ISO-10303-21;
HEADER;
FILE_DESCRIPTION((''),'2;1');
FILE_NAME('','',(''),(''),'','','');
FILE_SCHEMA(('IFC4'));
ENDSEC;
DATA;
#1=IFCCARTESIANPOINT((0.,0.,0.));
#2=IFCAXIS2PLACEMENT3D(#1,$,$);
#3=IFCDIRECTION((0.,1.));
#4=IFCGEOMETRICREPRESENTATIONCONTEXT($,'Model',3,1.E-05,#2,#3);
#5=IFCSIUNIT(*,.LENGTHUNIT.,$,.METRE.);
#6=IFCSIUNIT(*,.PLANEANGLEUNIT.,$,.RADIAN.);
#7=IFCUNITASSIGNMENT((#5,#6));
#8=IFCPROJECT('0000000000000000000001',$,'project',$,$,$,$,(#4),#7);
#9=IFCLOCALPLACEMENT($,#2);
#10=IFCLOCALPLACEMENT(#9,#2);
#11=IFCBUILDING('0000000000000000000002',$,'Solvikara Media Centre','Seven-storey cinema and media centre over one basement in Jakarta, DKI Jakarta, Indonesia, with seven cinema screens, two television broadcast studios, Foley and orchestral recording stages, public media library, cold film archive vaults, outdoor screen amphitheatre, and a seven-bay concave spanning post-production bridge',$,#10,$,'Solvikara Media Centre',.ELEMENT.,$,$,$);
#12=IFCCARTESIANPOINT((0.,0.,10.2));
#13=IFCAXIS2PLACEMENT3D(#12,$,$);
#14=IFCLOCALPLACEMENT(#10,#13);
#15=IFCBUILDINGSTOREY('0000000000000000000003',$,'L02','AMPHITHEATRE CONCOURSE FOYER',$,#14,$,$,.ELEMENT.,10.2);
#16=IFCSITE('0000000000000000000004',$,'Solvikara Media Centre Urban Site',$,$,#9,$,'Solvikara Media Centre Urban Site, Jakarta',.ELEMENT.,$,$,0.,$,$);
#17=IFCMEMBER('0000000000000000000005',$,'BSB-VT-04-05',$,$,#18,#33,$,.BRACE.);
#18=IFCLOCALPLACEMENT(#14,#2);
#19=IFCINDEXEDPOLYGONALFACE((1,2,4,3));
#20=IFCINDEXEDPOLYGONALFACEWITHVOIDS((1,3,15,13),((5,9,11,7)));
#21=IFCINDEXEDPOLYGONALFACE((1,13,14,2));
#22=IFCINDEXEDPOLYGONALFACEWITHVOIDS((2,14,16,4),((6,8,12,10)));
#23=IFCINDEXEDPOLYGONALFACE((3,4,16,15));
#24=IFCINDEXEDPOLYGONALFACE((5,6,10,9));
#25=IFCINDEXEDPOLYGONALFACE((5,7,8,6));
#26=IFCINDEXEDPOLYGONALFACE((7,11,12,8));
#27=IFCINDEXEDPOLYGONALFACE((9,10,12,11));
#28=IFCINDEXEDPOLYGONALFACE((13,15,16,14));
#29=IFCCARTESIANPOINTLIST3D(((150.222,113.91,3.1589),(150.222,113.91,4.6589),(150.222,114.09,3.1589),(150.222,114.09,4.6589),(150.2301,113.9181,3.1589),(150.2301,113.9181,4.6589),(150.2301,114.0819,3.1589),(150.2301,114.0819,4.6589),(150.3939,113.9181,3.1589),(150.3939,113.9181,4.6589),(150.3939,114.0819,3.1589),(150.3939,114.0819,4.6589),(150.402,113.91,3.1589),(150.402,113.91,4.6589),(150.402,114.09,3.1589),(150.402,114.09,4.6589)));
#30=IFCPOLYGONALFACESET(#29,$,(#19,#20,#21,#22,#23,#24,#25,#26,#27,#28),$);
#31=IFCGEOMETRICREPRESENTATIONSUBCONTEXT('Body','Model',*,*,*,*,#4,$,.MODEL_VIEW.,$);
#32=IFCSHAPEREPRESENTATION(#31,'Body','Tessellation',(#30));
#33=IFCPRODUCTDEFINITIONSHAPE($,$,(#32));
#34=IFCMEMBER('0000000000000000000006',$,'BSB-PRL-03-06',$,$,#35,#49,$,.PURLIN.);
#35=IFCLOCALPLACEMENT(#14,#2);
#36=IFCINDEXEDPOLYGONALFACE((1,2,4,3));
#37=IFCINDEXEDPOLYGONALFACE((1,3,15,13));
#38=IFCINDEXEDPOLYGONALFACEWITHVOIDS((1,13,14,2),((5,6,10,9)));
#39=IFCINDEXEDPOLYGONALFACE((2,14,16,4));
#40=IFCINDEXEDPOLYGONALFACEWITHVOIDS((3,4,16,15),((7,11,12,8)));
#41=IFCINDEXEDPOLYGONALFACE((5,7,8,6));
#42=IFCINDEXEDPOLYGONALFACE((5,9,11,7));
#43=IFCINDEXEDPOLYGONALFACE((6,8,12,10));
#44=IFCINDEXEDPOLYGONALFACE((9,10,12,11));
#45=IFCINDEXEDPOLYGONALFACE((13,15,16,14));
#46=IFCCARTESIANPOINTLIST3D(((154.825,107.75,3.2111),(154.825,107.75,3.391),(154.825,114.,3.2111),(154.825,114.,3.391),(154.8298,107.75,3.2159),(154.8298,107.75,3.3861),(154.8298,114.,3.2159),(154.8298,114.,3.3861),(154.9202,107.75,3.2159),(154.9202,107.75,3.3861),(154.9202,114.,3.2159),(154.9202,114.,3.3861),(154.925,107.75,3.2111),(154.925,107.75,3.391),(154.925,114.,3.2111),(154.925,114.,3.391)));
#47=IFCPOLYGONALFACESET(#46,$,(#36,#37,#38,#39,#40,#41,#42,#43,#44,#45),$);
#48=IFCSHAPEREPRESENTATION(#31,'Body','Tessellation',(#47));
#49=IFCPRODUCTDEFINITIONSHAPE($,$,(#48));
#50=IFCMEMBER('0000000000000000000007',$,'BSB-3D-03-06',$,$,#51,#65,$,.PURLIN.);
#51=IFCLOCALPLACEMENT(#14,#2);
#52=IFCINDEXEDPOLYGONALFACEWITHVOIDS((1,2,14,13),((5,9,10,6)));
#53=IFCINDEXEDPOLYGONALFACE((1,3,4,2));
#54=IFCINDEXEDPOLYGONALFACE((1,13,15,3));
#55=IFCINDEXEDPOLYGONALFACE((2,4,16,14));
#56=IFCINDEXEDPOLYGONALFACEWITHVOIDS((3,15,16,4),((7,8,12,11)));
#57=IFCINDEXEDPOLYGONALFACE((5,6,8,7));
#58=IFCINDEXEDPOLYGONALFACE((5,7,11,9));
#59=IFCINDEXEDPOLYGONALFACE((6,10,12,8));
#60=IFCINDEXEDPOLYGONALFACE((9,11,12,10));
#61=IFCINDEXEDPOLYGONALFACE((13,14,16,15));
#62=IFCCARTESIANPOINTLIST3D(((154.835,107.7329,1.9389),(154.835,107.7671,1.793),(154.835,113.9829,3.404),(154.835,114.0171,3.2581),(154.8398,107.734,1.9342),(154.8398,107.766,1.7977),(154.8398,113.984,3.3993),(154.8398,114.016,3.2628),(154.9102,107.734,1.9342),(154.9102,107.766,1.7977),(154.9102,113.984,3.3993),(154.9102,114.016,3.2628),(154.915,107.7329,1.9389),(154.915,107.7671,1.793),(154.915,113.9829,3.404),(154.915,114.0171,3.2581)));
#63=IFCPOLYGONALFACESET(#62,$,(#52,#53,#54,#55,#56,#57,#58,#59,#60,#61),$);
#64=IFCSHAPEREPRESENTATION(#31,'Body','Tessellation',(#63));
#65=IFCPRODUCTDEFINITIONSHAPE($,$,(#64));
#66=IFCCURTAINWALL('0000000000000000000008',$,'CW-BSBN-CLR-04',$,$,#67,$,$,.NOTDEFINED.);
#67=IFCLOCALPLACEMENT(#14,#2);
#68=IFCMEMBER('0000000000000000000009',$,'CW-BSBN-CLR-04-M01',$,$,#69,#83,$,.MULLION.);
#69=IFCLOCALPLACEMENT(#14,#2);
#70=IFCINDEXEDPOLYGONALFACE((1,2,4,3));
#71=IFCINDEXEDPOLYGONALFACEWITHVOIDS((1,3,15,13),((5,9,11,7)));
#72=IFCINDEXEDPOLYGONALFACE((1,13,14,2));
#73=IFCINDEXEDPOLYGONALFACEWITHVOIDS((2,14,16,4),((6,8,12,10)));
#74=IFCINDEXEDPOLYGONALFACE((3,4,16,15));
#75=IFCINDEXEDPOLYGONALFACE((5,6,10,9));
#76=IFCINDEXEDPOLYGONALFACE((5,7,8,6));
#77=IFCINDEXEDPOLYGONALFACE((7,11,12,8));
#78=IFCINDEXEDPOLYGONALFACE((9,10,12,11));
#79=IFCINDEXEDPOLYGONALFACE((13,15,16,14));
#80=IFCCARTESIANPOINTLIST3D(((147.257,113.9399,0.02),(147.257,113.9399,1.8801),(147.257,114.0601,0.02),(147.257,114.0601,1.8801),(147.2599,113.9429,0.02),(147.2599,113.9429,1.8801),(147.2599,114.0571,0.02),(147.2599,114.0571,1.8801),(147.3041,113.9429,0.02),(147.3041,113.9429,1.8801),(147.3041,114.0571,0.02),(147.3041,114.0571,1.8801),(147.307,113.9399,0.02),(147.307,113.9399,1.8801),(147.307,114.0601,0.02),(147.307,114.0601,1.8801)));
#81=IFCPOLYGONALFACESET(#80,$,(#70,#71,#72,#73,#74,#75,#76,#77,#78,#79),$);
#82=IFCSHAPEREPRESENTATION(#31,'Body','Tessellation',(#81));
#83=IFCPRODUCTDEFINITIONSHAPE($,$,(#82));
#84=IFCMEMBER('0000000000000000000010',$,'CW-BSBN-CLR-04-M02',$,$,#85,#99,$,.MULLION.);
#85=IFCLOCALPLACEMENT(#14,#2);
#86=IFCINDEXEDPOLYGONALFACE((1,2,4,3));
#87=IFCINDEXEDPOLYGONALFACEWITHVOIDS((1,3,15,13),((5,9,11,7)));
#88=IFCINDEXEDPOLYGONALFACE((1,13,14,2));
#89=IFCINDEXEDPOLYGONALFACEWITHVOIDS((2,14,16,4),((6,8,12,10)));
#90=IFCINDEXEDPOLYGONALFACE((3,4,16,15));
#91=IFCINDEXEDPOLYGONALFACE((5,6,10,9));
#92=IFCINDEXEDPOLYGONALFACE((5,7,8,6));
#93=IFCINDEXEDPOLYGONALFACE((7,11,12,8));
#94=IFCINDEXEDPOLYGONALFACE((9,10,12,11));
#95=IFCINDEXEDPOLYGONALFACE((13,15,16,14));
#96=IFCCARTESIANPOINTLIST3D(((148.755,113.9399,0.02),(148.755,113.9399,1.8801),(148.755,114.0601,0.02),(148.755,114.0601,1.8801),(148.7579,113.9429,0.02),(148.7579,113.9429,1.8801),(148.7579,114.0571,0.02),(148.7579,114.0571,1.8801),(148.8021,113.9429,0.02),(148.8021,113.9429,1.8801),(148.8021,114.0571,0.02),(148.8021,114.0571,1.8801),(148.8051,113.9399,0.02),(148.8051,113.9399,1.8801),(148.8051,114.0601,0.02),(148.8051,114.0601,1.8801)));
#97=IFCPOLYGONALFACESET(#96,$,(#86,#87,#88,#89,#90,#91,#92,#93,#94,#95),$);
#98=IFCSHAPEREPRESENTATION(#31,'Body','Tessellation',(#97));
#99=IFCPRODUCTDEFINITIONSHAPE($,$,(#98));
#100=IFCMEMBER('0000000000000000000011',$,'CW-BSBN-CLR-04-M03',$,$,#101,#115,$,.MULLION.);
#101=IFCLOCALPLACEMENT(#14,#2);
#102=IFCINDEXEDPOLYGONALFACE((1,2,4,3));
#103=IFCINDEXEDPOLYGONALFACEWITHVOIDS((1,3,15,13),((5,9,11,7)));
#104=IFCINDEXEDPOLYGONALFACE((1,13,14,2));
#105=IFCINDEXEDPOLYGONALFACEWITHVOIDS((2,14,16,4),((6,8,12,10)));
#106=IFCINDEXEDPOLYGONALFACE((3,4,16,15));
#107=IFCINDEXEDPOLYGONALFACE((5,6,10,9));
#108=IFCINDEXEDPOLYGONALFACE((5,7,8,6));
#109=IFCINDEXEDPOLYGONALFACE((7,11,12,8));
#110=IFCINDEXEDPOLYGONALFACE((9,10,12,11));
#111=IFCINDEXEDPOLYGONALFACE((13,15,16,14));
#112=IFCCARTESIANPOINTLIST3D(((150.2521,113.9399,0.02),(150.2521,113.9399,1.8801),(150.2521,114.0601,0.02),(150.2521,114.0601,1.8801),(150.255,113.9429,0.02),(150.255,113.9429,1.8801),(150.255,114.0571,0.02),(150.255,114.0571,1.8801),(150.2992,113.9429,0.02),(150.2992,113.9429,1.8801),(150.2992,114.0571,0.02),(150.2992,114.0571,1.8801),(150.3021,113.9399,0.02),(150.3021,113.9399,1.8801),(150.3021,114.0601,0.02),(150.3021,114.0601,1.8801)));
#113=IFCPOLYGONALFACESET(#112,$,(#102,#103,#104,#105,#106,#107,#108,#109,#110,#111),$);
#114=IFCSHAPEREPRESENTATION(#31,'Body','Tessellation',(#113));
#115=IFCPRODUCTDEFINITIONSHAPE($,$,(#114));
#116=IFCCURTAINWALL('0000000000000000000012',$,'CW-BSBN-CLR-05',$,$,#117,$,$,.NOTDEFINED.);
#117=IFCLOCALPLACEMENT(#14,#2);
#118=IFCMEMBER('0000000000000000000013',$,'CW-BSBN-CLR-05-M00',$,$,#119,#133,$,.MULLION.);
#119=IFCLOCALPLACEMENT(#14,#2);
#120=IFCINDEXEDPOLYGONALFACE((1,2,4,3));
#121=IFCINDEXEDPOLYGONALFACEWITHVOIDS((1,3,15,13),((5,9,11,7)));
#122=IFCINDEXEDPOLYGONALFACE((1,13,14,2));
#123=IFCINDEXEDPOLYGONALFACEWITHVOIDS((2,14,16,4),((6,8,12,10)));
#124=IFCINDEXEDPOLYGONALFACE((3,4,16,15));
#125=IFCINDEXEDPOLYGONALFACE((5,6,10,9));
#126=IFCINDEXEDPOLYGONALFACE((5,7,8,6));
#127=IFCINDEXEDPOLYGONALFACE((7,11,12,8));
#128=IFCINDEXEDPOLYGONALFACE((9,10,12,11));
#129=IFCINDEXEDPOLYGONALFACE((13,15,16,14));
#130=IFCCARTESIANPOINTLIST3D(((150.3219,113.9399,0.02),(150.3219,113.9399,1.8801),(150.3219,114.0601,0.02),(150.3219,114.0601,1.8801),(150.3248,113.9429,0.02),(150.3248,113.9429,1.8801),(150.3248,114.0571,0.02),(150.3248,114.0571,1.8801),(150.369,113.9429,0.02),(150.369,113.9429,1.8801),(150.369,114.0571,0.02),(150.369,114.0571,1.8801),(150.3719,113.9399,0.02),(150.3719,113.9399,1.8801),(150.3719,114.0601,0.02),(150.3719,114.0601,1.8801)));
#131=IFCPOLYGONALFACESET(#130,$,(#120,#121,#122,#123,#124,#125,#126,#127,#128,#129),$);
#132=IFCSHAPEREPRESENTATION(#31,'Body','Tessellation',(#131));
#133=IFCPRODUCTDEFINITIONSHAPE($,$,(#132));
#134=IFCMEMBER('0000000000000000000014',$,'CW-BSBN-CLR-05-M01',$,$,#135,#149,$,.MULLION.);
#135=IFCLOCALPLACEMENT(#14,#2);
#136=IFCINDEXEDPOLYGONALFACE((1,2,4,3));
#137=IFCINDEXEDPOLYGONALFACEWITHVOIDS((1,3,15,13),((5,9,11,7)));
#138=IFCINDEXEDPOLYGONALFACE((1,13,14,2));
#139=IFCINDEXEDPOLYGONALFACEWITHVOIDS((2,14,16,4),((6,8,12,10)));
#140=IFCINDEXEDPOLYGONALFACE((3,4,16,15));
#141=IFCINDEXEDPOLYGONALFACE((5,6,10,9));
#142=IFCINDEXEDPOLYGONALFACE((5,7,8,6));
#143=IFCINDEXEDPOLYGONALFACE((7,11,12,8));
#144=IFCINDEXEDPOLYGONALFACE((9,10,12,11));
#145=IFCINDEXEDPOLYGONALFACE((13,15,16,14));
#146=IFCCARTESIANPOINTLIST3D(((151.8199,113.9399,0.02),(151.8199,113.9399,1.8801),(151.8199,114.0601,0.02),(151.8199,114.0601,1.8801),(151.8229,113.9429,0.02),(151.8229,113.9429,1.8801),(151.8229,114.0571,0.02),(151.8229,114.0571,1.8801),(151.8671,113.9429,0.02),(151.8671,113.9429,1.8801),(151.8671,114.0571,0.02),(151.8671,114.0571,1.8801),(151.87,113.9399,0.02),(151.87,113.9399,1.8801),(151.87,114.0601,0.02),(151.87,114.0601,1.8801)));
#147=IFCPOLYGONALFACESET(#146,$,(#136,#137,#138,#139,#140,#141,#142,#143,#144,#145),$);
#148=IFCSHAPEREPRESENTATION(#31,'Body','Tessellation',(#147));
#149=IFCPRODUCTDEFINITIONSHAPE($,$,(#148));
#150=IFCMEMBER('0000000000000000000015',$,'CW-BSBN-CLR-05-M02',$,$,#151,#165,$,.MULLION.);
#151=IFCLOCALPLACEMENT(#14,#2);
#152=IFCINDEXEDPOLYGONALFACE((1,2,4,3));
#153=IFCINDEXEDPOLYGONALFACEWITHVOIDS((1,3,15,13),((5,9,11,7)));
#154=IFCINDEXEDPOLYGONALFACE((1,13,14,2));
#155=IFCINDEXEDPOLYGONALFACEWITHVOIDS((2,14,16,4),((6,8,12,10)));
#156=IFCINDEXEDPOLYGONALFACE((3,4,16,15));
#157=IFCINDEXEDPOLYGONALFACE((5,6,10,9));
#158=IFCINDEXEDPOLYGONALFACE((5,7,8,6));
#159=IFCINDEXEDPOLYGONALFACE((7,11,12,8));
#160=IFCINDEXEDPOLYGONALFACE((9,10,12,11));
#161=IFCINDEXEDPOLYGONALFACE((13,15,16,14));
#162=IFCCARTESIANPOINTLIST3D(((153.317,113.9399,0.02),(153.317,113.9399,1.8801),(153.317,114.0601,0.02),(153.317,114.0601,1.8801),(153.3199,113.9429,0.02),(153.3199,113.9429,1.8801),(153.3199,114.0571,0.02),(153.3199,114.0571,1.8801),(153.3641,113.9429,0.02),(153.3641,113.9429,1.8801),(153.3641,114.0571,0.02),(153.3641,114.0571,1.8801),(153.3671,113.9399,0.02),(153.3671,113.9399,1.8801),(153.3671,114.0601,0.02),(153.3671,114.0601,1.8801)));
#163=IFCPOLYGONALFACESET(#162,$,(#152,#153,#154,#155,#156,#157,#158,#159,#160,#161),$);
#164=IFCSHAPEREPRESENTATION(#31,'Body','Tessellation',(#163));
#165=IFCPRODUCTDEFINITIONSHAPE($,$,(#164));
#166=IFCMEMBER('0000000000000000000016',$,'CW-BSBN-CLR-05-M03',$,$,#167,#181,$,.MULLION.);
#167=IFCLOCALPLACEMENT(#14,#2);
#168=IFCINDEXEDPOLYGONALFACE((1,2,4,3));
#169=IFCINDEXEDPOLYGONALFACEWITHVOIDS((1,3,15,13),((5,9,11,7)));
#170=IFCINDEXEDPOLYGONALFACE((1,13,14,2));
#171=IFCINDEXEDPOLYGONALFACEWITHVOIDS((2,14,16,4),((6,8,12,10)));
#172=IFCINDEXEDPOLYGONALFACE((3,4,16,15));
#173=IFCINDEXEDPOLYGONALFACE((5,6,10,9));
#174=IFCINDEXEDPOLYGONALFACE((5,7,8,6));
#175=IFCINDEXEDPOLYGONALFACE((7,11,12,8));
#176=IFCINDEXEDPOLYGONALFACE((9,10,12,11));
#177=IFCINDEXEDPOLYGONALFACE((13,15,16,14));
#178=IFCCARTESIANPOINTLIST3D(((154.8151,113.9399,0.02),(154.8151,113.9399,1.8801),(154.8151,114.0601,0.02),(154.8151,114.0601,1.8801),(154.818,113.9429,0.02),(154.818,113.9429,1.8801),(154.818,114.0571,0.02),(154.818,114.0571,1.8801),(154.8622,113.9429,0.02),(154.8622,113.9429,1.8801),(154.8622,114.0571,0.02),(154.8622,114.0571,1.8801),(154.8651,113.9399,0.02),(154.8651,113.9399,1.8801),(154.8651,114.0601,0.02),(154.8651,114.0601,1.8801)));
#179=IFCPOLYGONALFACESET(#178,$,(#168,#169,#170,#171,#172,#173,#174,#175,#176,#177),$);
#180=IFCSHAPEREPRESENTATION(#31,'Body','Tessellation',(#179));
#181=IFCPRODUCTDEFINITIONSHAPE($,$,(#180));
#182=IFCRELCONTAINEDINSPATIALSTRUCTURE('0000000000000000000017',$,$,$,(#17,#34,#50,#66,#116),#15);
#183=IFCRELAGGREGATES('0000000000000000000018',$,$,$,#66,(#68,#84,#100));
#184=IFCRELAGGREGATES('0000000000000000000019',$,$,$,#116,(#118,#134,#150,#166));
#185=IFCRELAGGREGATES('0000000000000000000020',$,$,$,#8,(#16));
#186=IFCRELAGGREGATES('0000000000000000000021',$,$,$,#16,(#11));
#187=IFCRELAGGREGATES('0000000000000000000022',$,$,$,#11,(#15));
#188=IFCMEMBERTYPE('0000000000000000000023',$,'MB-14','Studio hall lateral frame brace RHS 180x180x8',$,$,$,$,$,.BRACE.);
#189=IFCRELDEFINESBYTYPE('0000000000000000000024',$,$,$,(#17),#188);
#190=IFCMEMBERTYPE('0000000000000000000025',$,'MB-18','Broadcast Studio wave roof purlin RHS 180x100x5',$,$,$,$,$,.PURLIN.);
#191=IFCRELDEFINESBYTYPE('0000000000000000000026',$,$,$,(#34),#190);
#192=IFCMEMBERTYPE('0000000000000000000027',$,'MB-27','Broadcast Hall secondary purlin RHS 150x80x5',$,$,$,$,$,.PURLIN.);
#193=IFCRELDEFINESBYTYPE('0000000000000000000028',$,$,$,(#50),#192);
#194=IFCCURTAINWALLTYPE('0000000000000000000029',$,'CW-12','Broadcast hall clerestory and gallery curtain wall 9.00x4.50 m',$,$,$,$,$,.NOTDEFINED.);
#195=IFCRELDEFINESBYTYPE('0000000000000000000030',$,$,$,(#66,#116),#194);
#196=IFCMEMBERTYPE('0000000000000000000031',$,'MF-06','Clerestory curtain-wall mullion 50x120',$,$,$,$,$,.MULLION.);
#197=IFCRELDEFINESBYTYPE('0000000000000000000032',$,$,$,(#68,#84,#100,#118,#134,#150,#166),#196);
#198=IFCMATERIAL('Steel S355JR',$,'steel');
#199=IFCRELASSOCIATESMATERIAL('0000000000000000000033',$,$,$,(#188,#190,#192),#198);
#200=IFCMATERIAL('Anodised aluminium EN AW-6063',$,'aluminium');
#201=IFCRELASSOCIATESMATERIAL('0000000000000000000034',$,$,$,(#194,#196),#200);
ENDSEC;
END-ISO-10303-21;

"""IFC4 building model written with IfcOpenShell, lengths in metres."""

from ifc_helpers import new_model, si_unit, direction, frame, origin, origin_2d, place, context, subcontext, project, spatial, hollow_rectangle, extrude, material, material_profile, profile_set, type_object, element, aggregate, save


model = new_model("IFC4")

# Units and contexts
model_context = context("Model", 3, precision=1e-05, world=origin(), true_north=direction((0.0, 1.0)))
body_context = subcontext(model_context, "Body", "Model", "MODEL_VIEW")
ifc_project = project(units=[si_unit("LENGTHUNIT", "METRE"), si_unit("PLANEANGLEUNIT", "RADIAN")], contexts=[model_context])

# Site, building, storey
site_placement = place(None, origin())
site = spatial("IfcSite", under=ifc_project, at=site_placement, Name="Solvikara Media Centre Urban Site", LongName="Solvikara Media Centre Urban Site, Jakarta", CompositionType="ELEMENT", RefElevation=0.0)
building_placement = place(site_placement, origin())
building = spatial("IfcBuilding", under=site, at=building_placement, Name="Solvikara Media Centre", Description="Seven-storey cinema and media centre over one basement in Jakarta, DKI Jakarta, Indonesia, with seven cinema screens, two television broadcast studios, Foley and orchestral recording stages, public media library, cold film archive vaults, outdoor screen amphitheatre, and a seven-bay concave spanning post-production bridge", LongName="Solvikara Media Centre", CompositionType="ELEMENT")
storey_placement = place(building_placement, frame((0.0, 0.0, 10.2)))
storey = spatial("IfcBuildingStorey", under=building, at=storey_placement, Name="L02", Description="AMPHITHEATRE CONCOURSE FOYER", CompositionType="ELEMENT", Elevation=10.2)

# Shared definitions
ifc_material_1 = material(Name="Steel S355JR", Category="steel")

# Members
ifc_material_profile_1 = material_profile(ifc_material_1, hollow_rectangle(XDim=0.1799, YDim=0.1799, WallThickness=0.0081, at=origin_2d()), Name="RHS 180x180x8")
ifc_profile_set_1 = profile_set([ifc_material_profile_1], Name="Steel S355JR")
member_type_1 = type_object("IfcMemberType", Name="MB-14", Description="Studio hall lateral frame brace RHS 180x180x8", PredefinedType="BRACE", material=ifc_profile_set_1)
member_1_placement = place(storey_placement, frame((150.312, 114.0, 3.1589), z_axis=(0.0, 0.0, 1.0), x_axis=(1.0, 0.0, 0.0)))
element("IfcMember", 1, at=member_1_placement, inside=storey, type_object=member_type_1, Name="BSB-VT-04-05", PredefinedType="BRACE", context=body_context, shape_type="SweptSolid", body=[
    extrude(hollow_rectangle(XDim=0.1799, YDim=0.1799, WallThickness=0.0081, at=origin_2d()), origin(), (0.0, 0.0, 1.0), 1.5),
])
ifc_material_profile_2 = material_profile(ifc_material_1, hollow_rectangle(XDim=0.1001, YDim=0.1799, WallThickness=0.0049, at=origin_2d()), Name="RHS 180x100x5")
ifc_profile_set_2 = profile_set([ifc_material_profile_2], Name="Steel S355JR")
member_type_2 = type_object("IfcMemberType", Name="MB-18", Description="Broadcast Studio wave roof purlin RHS 180x100x5", PredefinedType="PURLIN", material=ifc_profile_set_2)
member_2_placement = place(storey_placement, frame((154.875, 107.75, 3.301), z_axis=(0.0, 1.0, 0.0), x_axis=(-1.0, 0.0, 0.0)))
element("IfcMember", 2, at=member_2_placement, inside=storey, type_object=member_type_2, Name="BSB-PRL-03-06", PredefinedType="PURLIN", context=body_context, shape_type="SweptSolid", body=[
    extrude(hollow_rectangle(XDim=0.1001, YDim=0.1799, WallThickness=0.0049, at=origin_2d()), origin(), (0.0, 0.0, 1.0), 6.25),
])
ifc_material_profile_3 = material_profile(ifc_material_1, hollow_rectangle(XDim=0.0801, YDim=0.1499, WallThickness=0.0049, at=origin_2d()), Name="RHS 150x80x5")
ifc_profile_set_3 = profile_set([ifc_material_profile_3], Name="Steel S355JR")
member_type_3 = type_object("IfcMemberType", Name="MB-27", Description="Broadcast Hall secondary purlin RHS 150x80x5", PredefinedType="PURLIN", material=ifc_profile_set_3)
member_3_placement = place(storey_placement, frame((154.875, 107.75, 1.866), z_axis=(0.0, 0.973608, 0.228227), x_axis=(-1.0, 0.0, 0.0)))
element("IfcMember", 3, at=member_3_placement, inside=storey, type_object=member_type_3, Name="BSB-3D-03-06", PredefinedType="PURLIN", context=body_context, shape_type="SweptSolid", body=[
    extrude(hollow_rectangle(XDim=0.0801, YDim=0.1499, WallThickness=0.0049, at=origin_2d()), origin(), (0.0, 0.0, 1.0), 6.4194),
])

# Curtain walls, members
ifc_material_2 = material(Name="Anodised aluminium EN AW-6063", Category="aluminium")
curtain_wall_type = type_object("IfcCurtainWallType", Name="CW-12", Description="Broadcast hall clerestory and gallery curtain wall 9.00x4.50 m", PredefinedType="NOTDEFINED", material=ifc_material_2)
curtain_wall_1_placement = place(storey_placement, origin())
curtain_wall_1 = element("IfcCurtainWall", 4, at=curtain_wall_1_placement, inside=storey, type_object=curtain_wall_type, Name="CW-BSBN-CLR-04", PredefinedType="NOTDEFINED")
ifc_material_profile_4 = material_profile(ifc_material_2, hollow_rectangle(XDim=0.05, YDim=0.1201, WallThickness=0.0029, at=origin_2d()), Name="ALU-M 50x120x3")
ifc_profile_set_4 = profile_set([ifc_material_profile_4], Name="Anodised aluminium EN AW-6063")
member_type_4 = type_object("IfcMemberType", Name="MF-06", Description="Clerestory curtain-wall mullion 50x120", PredefinedType="MULLION", material=ifc_profile_set_4)
member_4_placement = place(storey_placement, frame((147.282, 114.0, 0.02), z_axis=(0.0, 0.0, 1.0), x_axis=(1.0, 0.0, 0.0)))
member_4 = element("IfcMember", 5, at=member_4_placement, type_object=member_type_4, Name="CW-BSBN-CLR-04-M01", PredefinedType="MULLION", context=body_context, shape_type="SweptSolid", body=[
    extrude(hollow_rectangle(XDim=0.05, YDim=0.1201, WallThickness=0.0029, at=origin_2d()), origin(), (0.0, 0.0, 1.0), 1.8601),
])
member_5_placement = place(storey_placement, frame((148.78, 114.0, 0.02), z_axis=(0.0, 0.0, 1.0), x_axis=(1.0, 0.0, 0.0)))
member_5 = element("IfcMember", 6, at=member_5_placement, type_object=member_type_4, Name="CW-BSBN-CLR-04-M02", PredefinedType="MULLION", context=body_context, shape_type="SweptSolid", body=[
    extrude(hollow_rectangle(XDim=0.05, YDim=0.1201, WallThickness=0.0029, at=origin_2d()), origin(), (0.0, 0.0, 1.0), 1.8601),
])
member_6_placement = place(storey_placement, frame((150.2771, 114.0, 0.02), z_axis=(0.0, 0.0, 1.0), x_axis=(1.0, 0.0, 0.0)))
member_6 = element("IfcMember", 7, at=member_6_placement, type_object=member_type_4, Name="CW-BSBN-CLR-04-M03", PredefinedType="MULLION", context=body_context, shape_type="SweptSolid", body=[
    extrude(hollow_rectangle(XDim=0.05, YDim=0.1201, WallThickness=0.0029, at=origin_2d()), origin(), (0.0, 0.0, 1.0), 1.8601),
])
curtain_wall_2_placement = place(storey_placement, origin())
curtain_wall_2 = element("IfcCurtainWall", 8, at=curtain_wall_2_placement, inside=storey, type_object=curtain_wall_type, Name="CW-BSBN-CLR-05", PredefinedType="NOTDEFINED")
member_7_placement = place(storey_placement, frame((150.3469, 114.0, 0.02), z_axis=(0.0, 0.0, 1.0), x_axis=(1.0, 0.0, 0.0)))
member_7 = element("IfcMember", 9, at=member_7_placement, type_object=member_type_4, Name="CW-BSBN-CLR-05-M00", PredefinedType="MULLION", context=body_context, shape_type="SweptSolid", body=[
    extrude(hollow_rectangle(XDim=0.05, YDim=0.1201, WallThickness=0.0029, at=origin_2d()), origin(), (0.0, 0.0, 1.0), 1.8601),
])
member_8_placement = place(storey_placement, frame((151.845, 114.0, 0.02), z_axis=(0.0, 0.0, 1.0), x_axis=(1.0, 0.0, 0.0)))
member_8 = element("IfcMember", 10, at=member_8_placement, type_object=member_type_4, Name="CW-BSBN-CLR-05-M01", PredefinedType="MULLION", context=body_context, shape_type="SweptSolid", body=[
    extrude(hollow_rectangle(XDim=0.05, YDim=0.1201, WallThickness=0.0029, at=origin_2d()), origin(), (0.0, 0.0, 1.0), 1.8601),
])
member_9_placement = place(storey_placement, frame((153.342, 114.0, 0.02), z_axis=(0.0, 0.0, 1.0), x_axis=(1.0, 0.0, 0.0)))
member_9 = element("IfcMember", 11, at=member_9_placement, type_object=member_type_4, Name="CW-BSBN-CLR-05-M02", PredefinedType="MULLION", context=body_context, shape_type="SweptSolid", body=[
    extrude(hollow_rectangle(XDim=0.05, YDim=0.1201, WallThickness=0.0029, at=origin_2d()), origin(), (0.0, 0.0, 1.0), 1.8601),
])
member_10_placement = place(storey_placement, frame((154.8401, 114.0, 0.02), z_axis=(0.0, 0.0, 1.0), x_axis=(1.0, 0.0, 0.0)))
member_10 = element("IfcMember", 12, at=member_10_placement, type_object=member_type_4, Name="CW-BSBN-CLR-05-M03", PredefinedType="MULLION", context=body_context, shape_type="SweptSolid", body=[
    extrude(hollow_rectangle(XDim=0.05, YDim=0.1201, WallThickness=0.0029, at=origin_2d()), origin(), (0.0, 0.0, 1.0), 1.8601),
])

aggregate(curtain_wall_1, [member_4, member_5, member_6])
aggregate(curtain_wall_2, [member_7, member_8, member_9, member_10])

save(model, "model.ifc")
